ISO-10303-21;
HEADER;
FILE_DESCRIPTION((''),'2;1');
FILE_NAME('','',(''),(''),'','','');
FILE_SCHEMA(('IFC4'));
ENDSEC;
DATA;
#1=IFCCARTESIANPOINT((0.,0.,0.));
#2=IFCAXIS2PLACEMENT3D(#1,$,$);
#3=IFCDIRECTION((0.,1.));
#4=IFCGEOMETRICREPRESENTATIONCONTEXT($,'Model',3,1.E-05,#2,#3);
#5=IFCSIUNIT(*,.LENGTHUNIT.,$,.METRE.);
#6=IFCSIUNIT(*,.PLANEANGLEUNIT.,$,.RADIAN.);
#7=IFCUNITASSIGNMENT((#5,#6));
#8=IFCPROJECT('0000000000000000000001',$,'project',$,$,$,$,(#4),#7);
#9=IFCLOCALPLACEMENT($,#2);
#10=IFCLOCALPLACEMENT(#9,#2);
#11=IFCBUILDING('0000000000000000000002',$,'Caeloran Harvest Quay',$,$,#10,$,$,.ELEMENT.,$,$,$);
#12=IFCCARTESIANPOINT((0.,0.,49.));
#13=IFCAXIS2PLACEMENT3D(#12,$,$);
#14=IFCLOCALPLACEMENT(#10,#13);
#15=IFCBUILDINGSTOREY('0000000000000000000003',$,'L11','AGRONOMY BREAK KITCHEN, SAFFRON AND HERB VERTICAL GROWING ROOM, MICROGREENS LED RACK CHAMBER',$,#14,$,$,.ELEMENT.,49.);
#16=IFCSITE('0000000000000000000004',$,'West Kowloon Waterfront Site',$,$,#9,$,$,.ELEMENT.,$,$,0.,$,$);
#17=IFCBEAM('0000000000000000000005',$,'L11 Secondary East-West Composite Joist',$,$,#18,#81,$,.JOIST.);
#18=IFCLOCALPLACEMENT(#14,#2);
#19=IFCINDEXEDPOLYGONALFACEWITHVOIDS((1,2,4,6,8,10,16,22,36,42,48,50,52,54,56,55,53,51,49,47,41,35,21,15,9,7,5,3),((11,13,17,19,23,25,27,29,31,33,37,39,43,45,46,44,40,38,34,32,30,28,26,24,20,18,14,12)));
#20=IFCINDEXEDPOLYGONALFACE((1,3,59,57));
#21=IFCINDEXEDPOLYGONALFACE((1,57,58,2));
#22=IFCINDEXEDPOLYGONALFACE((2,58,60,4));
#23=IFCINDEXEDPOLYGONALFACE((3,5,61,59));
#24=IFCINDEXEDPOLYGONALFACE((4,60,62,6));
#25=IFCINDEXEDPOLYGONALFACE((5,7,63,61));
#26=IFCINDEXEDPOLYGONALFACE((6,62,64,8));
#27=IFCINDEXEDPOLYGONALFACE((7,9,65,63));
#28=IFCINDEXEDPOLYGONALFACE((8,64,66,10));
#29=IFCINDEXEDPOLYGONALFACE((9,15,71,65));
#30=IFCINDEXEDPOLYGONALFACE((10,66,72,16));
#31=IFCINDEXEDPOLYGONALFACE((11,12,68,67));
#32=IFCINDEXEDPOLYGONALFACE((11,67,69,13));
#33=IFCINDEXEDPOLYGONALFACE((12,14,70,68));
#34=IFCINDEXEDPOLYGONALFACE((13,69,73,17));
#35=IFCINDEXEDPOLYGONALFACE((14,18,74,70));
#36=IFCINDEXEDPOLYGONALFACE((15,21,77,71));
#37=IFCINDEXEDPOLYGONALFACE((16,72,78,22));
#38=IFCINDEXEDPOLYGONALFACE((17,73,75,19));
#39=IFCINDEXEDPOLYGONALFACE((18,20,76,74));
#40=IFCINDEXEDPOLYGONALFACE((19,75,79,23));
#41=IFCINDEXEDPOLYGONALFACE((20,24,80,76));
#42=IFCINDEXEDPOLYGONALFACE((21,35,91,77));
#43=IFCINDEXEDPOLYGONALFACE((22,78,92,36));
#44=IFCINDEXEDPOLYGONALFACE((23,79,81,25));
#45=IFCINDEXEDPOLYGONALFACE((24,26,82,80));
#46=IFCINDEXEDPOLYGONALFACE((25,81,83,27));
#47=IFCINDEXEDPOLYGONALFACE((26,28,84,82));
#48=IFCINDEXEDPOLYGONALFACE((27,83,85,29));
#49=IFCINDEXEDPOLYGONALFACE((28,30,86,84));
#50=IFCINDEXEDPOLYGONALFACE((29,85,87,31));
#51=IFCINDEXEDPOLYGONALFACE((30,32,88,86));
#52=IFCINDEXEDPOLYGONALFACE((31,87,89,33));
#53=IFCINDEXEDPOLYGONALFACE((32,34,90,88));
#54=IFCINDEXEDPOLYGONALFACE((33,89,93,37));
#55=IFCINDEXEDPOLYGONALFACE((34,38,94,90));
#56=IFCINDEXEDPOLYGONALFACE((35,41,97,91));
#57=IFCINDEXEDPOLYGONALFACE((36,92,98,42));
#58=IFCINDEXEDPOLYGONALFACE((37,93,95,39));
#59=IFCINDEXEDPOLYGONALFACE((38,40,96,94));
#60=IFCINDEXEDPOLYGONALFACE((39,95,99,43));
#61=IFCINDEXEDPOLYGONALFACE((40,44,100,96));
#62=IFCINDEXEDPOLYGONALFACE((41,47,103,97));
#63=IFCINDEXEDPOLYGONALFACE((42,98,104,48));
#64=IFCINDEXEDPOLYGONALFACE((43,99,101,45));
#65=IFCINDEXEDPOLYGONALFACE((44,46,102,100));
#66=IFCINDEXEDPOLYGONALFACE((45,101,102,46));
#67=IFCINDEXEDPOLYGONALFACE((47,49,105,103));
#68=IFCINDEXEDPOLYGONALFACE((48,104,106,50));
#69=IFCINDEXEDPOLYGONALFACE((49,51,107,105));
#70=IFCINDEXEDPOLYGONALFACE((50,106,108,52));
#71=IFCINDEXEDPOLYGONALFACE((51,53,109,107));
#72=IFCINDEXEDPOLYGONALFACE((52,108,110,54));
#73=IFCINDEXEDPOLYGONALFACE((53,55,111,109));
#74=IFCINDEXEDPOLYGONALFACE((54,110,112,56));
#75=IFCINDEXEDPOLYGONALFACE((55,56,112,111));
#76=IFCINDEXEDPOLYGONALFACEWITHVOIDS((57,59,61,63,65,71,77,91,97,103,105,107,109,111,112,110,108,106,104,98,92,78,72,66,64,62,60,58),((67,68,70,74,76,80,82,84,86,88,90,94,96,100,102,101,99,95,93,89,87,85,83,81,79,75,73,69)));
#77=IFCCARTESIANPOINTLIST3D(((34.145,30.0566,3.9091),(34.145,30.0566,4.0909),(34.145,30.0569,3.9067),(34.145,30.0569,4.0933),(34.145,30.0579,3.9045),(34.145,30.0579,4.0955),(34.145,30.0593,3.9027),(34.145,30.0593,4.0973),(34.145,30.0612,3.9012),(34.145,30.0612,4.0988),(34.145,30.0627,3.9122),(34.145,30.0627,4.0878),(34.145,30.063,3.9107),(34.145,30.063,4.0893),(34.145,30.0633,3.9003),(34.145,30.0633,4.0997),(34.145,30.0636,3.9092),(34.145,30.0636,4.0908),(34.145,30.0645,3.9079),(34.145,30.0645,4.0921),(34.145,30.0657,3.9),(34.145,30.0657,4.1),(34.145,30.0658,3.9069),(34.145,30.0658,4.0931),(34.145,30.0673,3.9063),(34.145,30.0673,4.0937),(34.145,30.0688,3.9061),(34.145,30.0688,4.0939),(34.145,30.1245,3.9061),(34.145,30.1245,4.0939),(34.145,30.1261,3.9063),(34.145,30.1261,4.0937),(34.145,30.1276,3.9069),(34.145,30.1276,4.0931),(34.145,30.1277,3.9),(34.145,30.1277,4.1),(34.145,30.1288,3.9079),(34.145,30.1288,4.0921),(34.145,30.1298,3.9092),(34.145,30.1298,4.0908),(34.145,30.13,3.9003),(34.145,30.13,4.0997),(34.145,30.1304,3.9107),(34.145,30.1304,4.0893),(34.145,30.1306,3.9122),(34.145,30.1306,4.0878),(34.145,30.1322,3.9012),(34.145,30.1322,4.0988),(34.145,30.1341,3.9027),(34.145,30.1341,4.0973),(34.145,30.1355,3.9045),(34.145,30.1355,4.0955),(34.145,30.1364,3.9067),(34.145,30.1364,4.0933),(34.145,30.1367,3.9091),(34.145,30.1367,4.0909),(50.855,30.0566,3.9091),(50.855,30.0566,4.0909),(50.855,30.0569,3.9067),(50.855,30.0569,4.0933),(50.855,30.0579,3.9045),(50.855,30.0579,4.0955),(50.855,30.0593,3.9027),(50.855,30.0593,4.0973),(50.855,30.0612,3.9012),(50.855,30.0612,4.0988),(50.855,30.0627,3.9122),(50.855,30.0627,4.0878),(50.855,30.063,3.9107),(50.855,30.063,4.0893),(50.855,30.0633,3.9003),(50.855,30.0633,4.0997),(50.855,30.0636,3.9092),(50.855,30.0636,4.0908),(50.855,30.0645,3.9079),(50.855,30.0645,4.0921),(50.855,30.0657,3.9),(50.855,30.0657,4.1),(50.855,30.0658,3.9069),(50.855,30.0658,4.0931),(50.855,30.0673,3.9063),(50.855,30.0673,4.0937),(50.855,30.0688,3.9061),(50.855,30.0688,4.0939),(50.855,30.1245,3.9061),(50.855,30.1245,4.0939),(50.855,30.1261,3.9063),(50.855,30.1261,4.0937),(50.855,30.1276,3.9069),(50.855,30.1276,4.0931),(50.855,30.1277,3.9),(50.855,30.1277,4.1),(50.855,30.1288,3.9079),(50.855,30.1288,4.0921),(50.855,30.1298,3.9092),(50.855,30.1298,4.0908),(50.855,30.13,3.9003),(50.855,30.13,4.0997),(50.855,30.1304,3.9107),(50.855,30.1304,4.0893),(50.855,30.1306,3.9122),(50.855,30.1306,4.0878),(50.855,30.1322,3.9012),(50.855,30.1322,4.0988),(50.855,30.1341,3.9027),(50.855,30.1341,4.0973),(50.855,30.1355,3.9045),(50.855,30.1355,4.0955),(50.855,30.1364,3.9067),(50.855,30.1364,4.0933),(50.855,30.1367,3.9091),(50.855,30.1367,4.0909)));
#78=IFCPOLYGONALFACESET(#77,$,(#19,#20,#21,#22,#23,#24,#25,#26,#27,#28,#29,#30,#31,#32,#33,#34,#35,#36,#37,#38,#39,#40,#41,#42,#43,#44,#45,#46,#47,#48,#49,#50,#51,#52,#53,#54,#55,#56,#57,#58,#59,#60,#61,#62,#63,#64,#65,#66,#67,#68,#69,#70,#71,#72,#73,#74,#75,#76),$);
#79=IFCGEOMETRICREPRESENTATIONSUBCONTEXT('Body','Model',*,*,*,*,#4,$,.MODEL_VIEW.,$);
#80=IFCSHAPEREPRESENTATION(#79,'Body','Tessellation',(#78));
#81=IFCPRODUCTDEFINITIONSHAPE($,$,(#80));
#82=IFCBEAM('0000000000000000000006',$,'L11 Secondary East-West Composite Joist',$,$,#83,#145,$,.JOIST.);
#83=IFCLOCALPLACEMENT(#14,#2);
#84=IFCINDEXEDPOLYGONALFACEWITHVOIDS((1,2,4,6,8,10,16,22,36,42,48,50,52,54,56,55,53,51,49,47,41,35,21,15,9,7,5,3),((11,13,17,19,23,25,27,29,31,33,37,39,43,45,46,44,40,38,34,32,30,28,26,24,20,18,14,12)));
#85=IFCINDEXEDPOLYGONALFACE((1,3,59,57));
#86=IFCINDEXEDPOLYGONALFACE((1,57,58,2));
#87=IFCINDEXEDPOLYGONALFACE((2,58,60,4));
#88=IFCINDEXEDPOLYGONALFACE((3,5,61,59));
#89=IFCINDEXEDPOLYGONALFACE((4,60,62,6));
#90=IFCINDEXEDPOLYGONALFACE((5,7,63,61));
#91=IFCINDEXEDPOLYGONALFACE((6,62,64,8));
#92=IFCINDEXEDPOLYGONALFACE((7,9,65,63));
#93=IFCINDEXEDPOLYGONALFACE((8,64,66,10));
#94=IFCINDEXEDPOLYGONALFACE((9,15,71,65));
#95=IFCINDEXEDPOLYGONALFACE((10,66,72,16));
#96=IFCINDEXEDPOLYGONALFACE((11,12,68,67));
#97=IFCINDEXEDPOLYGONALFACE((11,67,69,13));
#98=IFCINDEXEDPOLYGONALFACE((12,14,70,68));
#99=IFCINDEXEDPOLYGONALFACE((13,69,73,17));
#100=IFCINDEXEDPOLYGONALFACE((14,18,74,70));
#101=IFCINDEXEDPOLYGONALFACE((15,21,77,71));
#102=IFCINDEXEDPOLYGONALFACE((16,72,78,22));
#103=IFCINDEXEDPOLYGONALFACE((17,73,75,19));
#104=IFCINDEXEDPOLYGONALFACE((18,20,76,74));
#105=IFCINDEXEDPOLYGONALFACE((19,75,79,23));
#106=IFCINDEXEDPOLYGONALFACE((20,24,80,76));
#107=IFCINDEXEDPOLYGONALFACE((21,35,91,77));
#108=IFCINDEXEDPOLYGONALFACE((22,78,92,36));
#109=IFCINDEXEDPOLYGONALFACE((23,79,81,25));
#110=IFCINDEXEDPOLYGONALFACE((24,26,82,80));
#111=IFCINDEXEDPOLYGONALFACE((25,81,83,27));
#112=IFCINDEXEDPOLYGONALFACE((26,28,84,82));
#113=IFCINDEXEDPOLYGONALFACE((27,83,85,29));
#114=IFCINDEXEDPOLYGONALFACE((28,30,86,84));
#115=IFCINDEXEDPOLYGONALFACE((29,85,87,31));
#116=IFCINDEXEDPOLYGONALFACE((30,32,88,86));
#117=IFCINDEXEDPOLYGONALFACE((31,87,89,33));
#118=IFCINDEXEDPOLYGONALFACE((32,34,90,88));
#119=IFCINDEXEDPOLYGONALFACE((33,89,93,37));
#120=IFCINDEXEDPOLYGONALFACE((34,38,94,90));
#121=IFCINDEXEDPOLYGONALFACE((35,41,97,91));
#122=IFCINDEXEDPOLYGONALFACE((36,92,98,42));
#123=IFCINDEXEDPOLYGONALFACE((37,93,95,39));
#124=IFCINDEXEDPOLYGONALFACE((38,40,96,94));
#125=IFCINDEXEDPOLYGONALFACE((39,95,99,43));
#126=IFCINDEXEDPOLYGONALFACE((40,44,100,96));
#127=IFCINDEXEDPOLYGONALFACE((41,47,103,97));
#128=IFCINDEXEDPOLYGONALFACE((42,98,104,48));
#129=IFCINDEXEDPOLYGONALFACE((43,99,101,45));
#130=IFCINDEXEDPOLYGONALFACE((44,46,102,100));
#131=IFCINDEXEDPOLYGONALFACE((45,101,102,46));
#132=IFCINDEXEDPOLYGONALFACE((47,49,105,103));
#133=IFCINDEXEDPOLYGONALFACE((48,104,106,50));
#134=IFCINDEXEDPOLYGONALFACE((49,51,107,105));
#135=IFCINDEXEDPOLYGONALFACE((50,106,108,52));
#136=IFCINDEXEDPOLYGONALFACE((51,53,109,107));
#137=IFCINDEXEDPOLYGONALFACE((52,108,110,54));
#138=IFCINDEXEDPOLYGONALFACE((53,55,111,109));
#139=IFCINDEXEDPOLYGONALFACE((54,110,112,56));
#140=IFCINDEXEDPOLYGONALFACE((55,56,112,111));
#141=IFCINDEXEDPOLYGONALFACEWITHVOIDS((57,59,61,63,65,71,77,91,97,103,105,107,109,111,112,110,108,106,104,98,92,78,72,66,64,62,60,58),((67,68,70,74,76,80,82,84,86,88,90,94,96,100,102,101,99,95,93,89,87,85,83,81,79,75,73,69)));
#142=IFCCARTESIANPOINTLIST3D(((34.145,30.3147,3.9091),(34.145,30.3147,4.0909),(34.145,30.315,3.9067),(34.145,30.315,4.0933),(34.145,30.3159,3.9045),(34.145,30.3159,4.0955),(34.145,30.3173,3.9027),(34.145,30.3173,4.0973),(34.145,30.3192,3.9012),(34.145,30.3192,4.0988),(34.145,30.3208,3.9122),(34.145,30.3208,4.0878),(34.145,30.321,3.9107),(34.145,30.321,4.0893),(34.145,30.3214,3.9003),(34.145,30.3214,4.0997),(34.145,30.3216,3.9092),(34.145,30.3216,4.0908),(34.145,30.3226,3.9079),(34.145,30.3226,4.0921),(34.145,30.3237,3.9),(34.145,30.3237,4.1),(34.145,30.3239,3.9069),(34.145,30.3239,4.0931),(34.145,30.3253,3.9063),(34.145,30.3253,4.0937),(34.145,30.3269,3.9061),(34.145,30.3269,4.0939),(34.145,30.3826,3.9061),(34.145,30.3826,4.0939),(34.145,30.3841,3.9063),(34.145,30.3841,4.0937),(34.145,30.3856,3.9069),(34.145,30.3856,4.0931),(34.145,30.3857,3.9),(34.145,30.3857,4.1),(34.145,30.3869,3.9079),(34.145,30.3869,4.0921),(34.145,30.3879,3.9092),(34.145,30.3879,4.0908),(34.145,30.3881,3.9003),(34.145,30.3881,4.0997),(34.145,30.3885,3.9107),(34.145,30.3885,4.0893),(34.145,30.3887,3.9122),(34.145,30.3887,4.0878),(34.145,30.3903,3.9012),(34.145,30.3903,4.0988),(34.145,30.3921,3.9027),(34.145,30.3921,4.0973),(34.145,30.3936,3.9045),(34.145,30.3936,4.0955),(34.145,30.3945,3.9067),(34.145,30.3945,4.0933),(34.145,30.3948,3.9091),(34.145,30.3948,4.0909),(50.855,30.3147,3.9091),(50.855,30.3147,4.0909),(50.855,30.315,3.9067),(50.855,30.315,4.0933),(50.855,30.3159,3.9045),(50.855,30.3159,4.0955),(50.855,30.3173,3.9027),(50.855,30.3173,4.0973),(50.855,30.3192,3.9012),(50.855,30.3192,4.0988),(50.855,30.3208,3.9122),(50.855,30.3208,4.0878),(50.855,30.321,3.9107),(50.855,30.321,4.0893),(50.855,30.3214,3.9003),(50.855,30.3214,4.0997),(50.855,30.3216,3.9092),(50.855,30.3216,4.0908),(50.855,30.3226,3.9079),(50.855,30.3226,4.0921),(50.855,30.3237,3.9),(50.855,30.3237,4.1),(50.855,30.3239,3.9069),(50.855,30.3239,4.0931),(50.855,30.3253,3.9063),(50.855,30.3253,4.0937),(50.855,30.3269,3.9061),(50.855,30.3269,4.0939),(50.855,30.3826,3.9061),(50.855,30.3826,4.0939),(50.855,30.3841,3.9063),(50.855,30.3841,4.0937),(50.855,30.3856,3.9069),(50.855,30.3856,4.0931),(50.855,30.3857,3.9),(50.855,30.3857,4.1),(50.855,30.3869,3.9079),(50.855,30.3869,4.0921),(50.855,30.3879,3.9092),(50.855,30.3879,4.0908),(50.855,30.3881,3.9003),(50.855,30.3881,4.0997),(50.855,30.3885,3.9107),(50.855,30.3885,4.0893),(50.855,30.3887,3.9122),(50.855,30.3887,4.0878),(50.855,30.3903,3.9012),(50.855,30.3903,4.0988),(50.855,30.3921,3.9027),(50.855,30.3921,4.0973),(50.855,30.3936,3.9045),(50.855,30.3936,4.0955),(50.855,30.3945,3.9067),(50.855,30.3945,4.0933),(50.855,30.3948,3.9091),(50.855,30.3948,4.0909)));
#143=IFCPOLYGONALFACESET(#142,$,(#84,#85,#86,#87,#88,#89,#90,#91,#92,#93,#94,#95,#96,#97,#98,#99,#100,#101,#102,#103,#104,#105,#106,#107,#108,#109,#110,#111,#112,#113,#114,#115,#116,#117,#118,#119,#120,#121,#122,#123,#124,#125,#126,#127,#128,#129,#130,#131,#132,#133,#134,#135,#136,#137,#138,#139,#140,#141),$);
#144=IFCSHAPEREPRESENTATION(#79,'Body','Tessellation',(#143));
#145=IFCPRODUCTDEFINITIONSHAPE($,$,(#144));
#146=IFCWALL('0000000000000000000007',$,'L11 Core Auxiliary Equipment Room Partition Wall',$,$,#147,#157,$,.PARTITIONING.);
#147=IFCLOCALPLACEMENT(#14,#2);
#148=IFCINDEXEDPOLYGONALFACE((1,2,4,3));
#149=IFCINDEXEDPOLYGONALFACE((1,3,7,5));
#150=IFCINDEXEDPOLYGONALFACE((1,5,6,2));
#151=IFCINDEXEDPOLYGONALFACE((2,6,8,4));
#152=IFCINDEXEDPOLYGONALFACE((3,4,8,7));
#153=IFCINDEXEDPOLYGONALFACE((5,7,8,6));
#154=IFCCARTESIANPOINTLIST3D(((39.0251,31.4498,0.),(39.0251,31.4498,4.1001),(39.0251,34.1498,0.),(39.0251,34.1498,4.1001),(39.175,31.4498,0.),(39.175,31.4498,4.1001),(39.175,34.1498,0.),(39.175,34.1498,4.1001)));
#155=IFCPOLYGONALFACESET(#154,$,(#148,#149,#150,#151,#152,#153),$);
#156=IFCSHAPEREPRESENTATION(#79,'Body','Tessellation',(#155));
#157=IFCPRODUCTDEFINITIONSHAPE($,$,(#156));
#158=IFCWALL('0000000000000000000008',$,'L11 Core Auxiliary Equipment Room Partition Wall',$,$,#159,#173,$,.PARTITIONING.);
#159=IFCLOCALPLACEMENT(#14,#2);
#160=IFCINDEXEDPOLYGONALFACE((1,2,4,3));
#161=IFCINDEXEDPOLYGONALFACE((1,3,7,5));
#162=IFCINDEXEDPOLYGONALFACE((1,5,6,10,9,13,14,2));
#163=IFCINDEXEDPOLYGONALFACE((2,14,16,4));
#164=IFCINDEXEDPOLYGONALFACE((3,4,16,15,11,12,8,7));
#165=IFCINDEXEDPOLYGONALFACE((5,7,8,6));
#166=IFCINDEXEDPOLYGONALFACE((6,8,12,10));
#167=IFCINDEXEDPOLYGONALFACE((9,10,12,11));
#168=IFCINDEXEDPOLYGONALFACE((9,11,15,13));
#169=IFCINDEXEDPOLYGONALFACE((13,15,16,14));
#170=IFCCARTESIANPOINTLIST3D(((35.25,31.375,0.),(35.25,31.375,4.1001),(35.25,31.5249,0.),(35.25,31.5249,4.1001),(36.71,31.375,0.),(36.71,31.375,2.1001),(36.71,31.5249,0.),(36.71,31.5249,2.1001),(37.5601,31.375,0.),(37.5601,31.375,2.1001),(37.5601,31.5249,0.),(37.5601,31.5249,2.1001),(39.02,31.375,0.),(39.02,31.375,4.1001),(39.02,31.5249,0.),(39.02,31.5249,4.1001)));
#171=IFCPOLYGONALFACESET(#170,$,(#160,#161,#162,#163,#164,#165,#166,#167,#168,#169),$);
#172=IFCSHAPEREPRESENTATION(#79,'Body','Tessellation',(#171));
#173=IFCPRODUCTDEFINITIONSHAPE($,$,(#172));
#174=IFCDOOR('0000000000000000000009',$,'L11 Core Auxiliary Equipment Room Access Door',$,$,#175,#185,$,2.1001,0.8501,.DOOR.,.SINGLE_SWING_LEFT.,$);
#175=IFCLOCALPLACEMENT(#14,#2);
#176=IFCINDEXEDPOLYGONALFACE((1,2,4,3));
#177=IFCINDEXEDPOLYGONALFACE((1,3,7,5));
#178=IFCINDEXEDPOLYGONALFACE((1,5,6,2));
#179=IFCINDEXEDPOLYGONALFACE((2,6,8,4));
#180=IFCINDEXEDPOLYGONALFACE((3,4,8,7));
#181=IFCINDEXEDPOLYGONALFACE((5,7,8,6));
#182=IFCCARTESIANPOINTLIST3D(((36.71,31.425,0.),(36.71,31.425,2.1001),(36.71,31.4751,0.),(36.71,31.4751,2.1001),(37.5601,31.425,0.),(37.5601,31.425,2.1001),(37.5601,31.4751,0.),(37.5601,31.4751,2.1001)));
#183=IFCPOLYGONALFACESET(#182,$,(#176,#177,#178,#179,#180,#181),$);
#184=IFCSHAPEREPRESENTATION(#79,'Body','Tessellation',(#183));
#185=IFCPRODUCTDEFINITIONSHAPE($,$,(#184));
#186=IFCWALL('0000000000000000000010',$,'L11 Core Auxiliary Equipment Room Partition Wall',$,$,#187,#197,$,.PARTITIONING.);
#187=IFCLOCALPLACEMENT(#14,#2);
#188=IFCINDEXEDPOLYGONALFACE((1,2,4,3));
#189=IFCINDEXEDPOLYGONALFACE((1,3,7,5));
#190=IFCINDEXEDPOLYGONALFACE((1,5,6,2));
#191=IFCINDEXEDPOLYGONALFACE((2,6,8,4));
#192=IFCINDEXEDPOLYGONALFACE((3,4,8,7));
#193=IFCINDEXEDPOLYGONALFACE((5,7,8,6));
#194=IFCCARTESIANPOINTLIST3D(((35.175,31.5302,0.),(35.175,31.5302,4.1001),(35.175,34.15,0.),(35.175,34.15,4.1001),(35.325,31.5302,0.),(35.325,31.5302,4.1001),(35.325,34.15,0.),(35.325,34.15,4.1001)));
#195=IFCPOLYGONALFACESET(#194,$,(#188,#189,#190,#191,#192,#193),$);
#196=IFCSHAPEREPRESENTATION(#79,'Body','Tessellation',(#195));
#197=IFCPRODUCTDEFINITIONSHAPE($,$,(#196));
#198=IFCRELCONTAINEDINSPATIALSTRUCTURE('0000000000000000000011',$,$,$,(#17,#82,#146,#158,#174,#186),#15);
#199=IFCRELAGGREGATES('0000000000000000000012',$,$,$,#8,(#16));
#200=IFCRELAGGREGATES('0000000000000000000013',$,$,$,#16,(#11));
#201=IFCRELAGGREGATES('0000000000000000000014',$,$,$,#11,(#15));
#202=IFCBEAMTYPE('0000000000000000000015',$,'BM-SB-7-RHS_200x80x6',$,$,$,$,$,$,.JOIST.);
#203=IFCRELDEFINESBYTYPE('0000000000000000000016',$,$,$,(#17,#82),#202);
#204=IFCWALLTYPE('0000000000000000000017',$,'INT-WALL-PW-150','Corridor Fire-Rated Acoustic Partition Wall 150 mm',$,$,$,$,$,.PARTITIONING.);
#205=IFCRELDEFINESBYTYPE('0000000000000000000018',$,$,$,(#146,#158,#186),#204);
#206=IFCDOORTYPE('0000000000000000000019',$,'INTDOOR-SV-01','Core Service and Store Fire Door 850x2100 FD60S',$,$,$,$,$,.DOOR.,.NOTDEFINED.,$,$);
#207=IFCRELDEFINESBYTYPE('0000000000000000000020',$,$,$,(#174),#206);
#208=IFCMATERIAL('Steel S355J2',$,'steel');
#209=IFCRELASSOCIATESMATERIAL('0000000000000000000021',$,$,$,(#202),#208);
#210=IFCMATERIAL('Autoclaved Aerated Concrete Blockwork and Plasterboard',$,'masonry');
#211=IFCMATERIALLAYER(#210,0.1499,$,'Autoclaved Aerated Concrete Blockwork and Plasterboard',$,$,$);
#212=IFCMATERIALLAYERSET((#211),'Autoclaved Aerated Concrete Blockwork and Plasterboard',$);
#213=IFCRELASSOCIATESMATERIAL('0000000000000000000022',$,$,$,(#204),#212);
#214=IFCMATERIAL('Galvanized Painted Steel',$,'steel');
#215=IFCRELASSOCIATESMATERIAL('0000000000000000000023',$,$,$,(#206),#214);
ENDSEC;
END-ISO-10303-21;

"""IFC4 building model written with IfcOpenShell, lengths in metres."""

from ifc_helpers import new_model, si_unit, direction, frame, frame_2d, origin, origin_2d, place, context, subcontext, project, spatial, rectangle, hollow_rectangle, extrude, material, layer, layer_set, material_profile, profile_set, type_object, element, fill, save


model = new_model("IFC4")

# Units and contexts
model_context = context("Model", 3, precision=1e-05, world=origin(), true_north=direction((0.0, 1.0)))
body_context = subcontext(model_context, "Body", "Model", "MODEL_VIEW")
ifc_project = project(units=[si_unit("LENGTHUNIT", "METRE"), si_unit("PLANEANGLEUNIT", "RADIAN")], contexts=[model_context])

# Site, building, storey
site_placement = place(None, origin())
site = spatial("IfcSite", under=ifc_project, at=site_placement, Name="West Kowloon Waterfront Site", CompositionType="ELEMENT", RefElevation=0.0)
building_placement = place(site_placement, origin())
building = spatial("IfcBuilding", under=site, at=building_placement, Name="Caeloran Harvest Quay", CompositionType="ELEMENT")
storey_placement = place(building_placement, frame((0.0, 0.0, 49.0)))
storey = spatial("IfcBuildingStorey", under=building, at=storey_placement, Name="L11", Description="AGRONOMY BREAK KITCHEN, SAFFRON AND HERB VERTICAL GROWING ROOM, MICROGREENS LED RACK CHAMBER", CompositionType="ELEMENT", Elevation=49.0)

# Beams
ifc_material_1 = material(Name="Steel S355J2", Category="steel")
ifc_material_profile_1 = material_profile(ifc_material_1, hollow_rectangle(XDim=0.0801, YDim=0.2, WallThickness=0.0061, InnerFilletRadius=0.0061, OuterFilletRadius=0.009, at=origin_2d()), Name="RHS 200x80x6")
ifc_profile_set_1 = profile_set([ifc_material_profile_1], Name="Steel S355J2")
beam_type_1 = type_object("IfcBeamType", Name="BM-SB-7-RHS_200x80x6", PredefinedType="JOIST", material=ifc_profile_set_1)
for number, where, z_axis, x_axis, name in (
    (1, (34.145, 30.0967, 4.0), (1.0, 0.0, 0.0), (0.0, 1.0, 0.0), "L11 Secondary East-West Composite Joist"),
    (2, (34.145, 30.3547, 4.0), (1.0, 0.0, 0.0), (0.0, 1.0, 0.0), "L11 Secondary East-West Composite Joist"),
):
    element("IfcBeam", number, at=place(storey_placement, frame(where, z_axis=z_axis, x_axis=x_axis)), inside=storey, type_object=beam_type_1, Name=name, PredefinedType="JOIST", context=body_context, shape_type="SweptSolid", body=[
        extrude(hollow_rectangle(XDim=0.0801, YDim=0.2, WallThickness=0.0061, InnerFilletRadius=0.0061, OuterFilletRadius=0.009, at=origin_2d()), origin(), (0.0, 0.0, 1.0), 16.71),
    ])

# Wall
ifc_material_2 = material(Name="Autoclaved Aerated Concrete Blockwork and Plasterboard", Category="masonry")
ifc_layer_1 = layer(ifc_material_2, 0.1499, Name="Autoclaved Aerated Concrete Blockwork and Plasterboard")
ifc_layer_set_1 = layer_set([ifc_layer_1], Name="Autoclaved Aerated Concrete Blockwork and Plasterboard")
wall_type_1 = type_object("IfcWallType", Name="INT-WALL-PW-150", Description="Corridor Fire-Rated Acoustic Partition Wall 150 mm", PredefinedType="PARTITIONING", material=ifc_layer_set_1)
wall_1_placement = place(storey_placement, frame((39.1001, 34.1499, 0.0), z_axis=(0.0, 0.0, 1.0), x_axis=(0.0, -1.0, 0.0)))
element("IfcWall", 3, at=wall_1_placement, inside=storey, type_object=wall_type_1, Name="L11 Core Auxiliary Equipment Room Partition Wall", PredefinedType="PARTITIONING", context=body_context, shape_type="SweptSolid", body=[
    extrude(rectangle(XDim=2.7, YDim=0.1499, at=frame_2d((1.3501, 0.0))), origin(), (0.0, 0.0, 1.0), 4.1001),
])

# Wall, opening, door
wall_2_placement = place(storey_placement, frame((39.02, 31.45, 0.0), z_axis=(0.0, 0.0, 1.0), x_axis=(-1.0, 0.0, 0.0)))
wall_2 = element("IfcWall", 4, at=wall_2_placement, inside=storey, type_object=wall_type_1, Name="L11 Core Auxiliary Equipment Room Partition Wall", PredefinedType="PARTITIONING", context=body_context, shape_type="SweptSolid", body=[
    extrude(rectangle(XDim=3.77, YDim=0.1499, at=frame_2d((1.885, 0.0))), origin(), (0.0, 0.0, 1.0), 4.1001),
])
opening_1_placement = place(wall_2_placement, frame((1.46, 0.0, 0.0)))
opening_1 = element("IfcOpeningElement", 5, at=opening_1_placement, cuts=wall_2, PredefinedType="OPENING", context=body_context, shape_type="SweptSolid", body=[
    extrude(rectangle(XDim=0.8501, YDim=2.1001, at=frame_2d((0.425, 1.05))), frame((0.0, 0.085, 0.0), z_axis=(0.0, -1.0, 0.0), x_axis=(1.0, 0.0, 0.0)), (0.0, 0.0, 1.0), 0.1699),
])
ifc_material_3 = material(Name="Galvanized Painted Steel", Category="steel")
door_type_1 = type_object("IfcDoorType", Name="INTDOOR-SV-01", Description="Core Service and Store Fire Door 850x2100 FD60S", OperationType="NOTDEFINED", PredefinedType="DOOR", material=ifc_material_3)
door_1_placement = place(opening_1_placement, origin())
door_1 = element("IfcDoor", 6, at=door_1_placement, inside=storey, type_object=door_type_1, Name="L11 Core Auxiliary Equipment Room Access Door", OperationType="SINGLE_SWING_LEFT", OverallHeight=2.1001, OverallWidth=0.8501, PredefinedType="DOOR", context=body_context, shape_type="SweptSolid", body=[
    extrude(rectangle(XDim=0.8501, YDim=2.1001, at=frame_2d((0.425, 1.05))), frame((0.0, 0.0249, 0.0), z_axis=(0.0, -1.0, 0.0), x_axis=(1.0, 0.0, 0.0)), (0.0, 0.0, 1.0), 0.05),
])
fill(opening_1, door_1)

# Wall
wall_3_placement = place(storey_placement, frame((35.25, 31.53, 0.0), z_axis=(0.0, 0.0, 1.0), x_axis=(0.0, 1.0, 0.0)))
element("IfcWall", 7, at=wall_3_placement, inside=storey, type_object=wall_type_1, Name="L11 Core Auxiliary Equipment Room Partition Wall", PredefinedType="PARTITIONING", context=body_context, shape_type="SweptSolid", body=[
    extrude(rectangle(XDim=2.6199, YDim=0.1499, at=frame_2d((1.3101, 0.0))), origin(), (0.0, 0.0, 1.0), 4.1001),
])

save(model, "model.ifc")
